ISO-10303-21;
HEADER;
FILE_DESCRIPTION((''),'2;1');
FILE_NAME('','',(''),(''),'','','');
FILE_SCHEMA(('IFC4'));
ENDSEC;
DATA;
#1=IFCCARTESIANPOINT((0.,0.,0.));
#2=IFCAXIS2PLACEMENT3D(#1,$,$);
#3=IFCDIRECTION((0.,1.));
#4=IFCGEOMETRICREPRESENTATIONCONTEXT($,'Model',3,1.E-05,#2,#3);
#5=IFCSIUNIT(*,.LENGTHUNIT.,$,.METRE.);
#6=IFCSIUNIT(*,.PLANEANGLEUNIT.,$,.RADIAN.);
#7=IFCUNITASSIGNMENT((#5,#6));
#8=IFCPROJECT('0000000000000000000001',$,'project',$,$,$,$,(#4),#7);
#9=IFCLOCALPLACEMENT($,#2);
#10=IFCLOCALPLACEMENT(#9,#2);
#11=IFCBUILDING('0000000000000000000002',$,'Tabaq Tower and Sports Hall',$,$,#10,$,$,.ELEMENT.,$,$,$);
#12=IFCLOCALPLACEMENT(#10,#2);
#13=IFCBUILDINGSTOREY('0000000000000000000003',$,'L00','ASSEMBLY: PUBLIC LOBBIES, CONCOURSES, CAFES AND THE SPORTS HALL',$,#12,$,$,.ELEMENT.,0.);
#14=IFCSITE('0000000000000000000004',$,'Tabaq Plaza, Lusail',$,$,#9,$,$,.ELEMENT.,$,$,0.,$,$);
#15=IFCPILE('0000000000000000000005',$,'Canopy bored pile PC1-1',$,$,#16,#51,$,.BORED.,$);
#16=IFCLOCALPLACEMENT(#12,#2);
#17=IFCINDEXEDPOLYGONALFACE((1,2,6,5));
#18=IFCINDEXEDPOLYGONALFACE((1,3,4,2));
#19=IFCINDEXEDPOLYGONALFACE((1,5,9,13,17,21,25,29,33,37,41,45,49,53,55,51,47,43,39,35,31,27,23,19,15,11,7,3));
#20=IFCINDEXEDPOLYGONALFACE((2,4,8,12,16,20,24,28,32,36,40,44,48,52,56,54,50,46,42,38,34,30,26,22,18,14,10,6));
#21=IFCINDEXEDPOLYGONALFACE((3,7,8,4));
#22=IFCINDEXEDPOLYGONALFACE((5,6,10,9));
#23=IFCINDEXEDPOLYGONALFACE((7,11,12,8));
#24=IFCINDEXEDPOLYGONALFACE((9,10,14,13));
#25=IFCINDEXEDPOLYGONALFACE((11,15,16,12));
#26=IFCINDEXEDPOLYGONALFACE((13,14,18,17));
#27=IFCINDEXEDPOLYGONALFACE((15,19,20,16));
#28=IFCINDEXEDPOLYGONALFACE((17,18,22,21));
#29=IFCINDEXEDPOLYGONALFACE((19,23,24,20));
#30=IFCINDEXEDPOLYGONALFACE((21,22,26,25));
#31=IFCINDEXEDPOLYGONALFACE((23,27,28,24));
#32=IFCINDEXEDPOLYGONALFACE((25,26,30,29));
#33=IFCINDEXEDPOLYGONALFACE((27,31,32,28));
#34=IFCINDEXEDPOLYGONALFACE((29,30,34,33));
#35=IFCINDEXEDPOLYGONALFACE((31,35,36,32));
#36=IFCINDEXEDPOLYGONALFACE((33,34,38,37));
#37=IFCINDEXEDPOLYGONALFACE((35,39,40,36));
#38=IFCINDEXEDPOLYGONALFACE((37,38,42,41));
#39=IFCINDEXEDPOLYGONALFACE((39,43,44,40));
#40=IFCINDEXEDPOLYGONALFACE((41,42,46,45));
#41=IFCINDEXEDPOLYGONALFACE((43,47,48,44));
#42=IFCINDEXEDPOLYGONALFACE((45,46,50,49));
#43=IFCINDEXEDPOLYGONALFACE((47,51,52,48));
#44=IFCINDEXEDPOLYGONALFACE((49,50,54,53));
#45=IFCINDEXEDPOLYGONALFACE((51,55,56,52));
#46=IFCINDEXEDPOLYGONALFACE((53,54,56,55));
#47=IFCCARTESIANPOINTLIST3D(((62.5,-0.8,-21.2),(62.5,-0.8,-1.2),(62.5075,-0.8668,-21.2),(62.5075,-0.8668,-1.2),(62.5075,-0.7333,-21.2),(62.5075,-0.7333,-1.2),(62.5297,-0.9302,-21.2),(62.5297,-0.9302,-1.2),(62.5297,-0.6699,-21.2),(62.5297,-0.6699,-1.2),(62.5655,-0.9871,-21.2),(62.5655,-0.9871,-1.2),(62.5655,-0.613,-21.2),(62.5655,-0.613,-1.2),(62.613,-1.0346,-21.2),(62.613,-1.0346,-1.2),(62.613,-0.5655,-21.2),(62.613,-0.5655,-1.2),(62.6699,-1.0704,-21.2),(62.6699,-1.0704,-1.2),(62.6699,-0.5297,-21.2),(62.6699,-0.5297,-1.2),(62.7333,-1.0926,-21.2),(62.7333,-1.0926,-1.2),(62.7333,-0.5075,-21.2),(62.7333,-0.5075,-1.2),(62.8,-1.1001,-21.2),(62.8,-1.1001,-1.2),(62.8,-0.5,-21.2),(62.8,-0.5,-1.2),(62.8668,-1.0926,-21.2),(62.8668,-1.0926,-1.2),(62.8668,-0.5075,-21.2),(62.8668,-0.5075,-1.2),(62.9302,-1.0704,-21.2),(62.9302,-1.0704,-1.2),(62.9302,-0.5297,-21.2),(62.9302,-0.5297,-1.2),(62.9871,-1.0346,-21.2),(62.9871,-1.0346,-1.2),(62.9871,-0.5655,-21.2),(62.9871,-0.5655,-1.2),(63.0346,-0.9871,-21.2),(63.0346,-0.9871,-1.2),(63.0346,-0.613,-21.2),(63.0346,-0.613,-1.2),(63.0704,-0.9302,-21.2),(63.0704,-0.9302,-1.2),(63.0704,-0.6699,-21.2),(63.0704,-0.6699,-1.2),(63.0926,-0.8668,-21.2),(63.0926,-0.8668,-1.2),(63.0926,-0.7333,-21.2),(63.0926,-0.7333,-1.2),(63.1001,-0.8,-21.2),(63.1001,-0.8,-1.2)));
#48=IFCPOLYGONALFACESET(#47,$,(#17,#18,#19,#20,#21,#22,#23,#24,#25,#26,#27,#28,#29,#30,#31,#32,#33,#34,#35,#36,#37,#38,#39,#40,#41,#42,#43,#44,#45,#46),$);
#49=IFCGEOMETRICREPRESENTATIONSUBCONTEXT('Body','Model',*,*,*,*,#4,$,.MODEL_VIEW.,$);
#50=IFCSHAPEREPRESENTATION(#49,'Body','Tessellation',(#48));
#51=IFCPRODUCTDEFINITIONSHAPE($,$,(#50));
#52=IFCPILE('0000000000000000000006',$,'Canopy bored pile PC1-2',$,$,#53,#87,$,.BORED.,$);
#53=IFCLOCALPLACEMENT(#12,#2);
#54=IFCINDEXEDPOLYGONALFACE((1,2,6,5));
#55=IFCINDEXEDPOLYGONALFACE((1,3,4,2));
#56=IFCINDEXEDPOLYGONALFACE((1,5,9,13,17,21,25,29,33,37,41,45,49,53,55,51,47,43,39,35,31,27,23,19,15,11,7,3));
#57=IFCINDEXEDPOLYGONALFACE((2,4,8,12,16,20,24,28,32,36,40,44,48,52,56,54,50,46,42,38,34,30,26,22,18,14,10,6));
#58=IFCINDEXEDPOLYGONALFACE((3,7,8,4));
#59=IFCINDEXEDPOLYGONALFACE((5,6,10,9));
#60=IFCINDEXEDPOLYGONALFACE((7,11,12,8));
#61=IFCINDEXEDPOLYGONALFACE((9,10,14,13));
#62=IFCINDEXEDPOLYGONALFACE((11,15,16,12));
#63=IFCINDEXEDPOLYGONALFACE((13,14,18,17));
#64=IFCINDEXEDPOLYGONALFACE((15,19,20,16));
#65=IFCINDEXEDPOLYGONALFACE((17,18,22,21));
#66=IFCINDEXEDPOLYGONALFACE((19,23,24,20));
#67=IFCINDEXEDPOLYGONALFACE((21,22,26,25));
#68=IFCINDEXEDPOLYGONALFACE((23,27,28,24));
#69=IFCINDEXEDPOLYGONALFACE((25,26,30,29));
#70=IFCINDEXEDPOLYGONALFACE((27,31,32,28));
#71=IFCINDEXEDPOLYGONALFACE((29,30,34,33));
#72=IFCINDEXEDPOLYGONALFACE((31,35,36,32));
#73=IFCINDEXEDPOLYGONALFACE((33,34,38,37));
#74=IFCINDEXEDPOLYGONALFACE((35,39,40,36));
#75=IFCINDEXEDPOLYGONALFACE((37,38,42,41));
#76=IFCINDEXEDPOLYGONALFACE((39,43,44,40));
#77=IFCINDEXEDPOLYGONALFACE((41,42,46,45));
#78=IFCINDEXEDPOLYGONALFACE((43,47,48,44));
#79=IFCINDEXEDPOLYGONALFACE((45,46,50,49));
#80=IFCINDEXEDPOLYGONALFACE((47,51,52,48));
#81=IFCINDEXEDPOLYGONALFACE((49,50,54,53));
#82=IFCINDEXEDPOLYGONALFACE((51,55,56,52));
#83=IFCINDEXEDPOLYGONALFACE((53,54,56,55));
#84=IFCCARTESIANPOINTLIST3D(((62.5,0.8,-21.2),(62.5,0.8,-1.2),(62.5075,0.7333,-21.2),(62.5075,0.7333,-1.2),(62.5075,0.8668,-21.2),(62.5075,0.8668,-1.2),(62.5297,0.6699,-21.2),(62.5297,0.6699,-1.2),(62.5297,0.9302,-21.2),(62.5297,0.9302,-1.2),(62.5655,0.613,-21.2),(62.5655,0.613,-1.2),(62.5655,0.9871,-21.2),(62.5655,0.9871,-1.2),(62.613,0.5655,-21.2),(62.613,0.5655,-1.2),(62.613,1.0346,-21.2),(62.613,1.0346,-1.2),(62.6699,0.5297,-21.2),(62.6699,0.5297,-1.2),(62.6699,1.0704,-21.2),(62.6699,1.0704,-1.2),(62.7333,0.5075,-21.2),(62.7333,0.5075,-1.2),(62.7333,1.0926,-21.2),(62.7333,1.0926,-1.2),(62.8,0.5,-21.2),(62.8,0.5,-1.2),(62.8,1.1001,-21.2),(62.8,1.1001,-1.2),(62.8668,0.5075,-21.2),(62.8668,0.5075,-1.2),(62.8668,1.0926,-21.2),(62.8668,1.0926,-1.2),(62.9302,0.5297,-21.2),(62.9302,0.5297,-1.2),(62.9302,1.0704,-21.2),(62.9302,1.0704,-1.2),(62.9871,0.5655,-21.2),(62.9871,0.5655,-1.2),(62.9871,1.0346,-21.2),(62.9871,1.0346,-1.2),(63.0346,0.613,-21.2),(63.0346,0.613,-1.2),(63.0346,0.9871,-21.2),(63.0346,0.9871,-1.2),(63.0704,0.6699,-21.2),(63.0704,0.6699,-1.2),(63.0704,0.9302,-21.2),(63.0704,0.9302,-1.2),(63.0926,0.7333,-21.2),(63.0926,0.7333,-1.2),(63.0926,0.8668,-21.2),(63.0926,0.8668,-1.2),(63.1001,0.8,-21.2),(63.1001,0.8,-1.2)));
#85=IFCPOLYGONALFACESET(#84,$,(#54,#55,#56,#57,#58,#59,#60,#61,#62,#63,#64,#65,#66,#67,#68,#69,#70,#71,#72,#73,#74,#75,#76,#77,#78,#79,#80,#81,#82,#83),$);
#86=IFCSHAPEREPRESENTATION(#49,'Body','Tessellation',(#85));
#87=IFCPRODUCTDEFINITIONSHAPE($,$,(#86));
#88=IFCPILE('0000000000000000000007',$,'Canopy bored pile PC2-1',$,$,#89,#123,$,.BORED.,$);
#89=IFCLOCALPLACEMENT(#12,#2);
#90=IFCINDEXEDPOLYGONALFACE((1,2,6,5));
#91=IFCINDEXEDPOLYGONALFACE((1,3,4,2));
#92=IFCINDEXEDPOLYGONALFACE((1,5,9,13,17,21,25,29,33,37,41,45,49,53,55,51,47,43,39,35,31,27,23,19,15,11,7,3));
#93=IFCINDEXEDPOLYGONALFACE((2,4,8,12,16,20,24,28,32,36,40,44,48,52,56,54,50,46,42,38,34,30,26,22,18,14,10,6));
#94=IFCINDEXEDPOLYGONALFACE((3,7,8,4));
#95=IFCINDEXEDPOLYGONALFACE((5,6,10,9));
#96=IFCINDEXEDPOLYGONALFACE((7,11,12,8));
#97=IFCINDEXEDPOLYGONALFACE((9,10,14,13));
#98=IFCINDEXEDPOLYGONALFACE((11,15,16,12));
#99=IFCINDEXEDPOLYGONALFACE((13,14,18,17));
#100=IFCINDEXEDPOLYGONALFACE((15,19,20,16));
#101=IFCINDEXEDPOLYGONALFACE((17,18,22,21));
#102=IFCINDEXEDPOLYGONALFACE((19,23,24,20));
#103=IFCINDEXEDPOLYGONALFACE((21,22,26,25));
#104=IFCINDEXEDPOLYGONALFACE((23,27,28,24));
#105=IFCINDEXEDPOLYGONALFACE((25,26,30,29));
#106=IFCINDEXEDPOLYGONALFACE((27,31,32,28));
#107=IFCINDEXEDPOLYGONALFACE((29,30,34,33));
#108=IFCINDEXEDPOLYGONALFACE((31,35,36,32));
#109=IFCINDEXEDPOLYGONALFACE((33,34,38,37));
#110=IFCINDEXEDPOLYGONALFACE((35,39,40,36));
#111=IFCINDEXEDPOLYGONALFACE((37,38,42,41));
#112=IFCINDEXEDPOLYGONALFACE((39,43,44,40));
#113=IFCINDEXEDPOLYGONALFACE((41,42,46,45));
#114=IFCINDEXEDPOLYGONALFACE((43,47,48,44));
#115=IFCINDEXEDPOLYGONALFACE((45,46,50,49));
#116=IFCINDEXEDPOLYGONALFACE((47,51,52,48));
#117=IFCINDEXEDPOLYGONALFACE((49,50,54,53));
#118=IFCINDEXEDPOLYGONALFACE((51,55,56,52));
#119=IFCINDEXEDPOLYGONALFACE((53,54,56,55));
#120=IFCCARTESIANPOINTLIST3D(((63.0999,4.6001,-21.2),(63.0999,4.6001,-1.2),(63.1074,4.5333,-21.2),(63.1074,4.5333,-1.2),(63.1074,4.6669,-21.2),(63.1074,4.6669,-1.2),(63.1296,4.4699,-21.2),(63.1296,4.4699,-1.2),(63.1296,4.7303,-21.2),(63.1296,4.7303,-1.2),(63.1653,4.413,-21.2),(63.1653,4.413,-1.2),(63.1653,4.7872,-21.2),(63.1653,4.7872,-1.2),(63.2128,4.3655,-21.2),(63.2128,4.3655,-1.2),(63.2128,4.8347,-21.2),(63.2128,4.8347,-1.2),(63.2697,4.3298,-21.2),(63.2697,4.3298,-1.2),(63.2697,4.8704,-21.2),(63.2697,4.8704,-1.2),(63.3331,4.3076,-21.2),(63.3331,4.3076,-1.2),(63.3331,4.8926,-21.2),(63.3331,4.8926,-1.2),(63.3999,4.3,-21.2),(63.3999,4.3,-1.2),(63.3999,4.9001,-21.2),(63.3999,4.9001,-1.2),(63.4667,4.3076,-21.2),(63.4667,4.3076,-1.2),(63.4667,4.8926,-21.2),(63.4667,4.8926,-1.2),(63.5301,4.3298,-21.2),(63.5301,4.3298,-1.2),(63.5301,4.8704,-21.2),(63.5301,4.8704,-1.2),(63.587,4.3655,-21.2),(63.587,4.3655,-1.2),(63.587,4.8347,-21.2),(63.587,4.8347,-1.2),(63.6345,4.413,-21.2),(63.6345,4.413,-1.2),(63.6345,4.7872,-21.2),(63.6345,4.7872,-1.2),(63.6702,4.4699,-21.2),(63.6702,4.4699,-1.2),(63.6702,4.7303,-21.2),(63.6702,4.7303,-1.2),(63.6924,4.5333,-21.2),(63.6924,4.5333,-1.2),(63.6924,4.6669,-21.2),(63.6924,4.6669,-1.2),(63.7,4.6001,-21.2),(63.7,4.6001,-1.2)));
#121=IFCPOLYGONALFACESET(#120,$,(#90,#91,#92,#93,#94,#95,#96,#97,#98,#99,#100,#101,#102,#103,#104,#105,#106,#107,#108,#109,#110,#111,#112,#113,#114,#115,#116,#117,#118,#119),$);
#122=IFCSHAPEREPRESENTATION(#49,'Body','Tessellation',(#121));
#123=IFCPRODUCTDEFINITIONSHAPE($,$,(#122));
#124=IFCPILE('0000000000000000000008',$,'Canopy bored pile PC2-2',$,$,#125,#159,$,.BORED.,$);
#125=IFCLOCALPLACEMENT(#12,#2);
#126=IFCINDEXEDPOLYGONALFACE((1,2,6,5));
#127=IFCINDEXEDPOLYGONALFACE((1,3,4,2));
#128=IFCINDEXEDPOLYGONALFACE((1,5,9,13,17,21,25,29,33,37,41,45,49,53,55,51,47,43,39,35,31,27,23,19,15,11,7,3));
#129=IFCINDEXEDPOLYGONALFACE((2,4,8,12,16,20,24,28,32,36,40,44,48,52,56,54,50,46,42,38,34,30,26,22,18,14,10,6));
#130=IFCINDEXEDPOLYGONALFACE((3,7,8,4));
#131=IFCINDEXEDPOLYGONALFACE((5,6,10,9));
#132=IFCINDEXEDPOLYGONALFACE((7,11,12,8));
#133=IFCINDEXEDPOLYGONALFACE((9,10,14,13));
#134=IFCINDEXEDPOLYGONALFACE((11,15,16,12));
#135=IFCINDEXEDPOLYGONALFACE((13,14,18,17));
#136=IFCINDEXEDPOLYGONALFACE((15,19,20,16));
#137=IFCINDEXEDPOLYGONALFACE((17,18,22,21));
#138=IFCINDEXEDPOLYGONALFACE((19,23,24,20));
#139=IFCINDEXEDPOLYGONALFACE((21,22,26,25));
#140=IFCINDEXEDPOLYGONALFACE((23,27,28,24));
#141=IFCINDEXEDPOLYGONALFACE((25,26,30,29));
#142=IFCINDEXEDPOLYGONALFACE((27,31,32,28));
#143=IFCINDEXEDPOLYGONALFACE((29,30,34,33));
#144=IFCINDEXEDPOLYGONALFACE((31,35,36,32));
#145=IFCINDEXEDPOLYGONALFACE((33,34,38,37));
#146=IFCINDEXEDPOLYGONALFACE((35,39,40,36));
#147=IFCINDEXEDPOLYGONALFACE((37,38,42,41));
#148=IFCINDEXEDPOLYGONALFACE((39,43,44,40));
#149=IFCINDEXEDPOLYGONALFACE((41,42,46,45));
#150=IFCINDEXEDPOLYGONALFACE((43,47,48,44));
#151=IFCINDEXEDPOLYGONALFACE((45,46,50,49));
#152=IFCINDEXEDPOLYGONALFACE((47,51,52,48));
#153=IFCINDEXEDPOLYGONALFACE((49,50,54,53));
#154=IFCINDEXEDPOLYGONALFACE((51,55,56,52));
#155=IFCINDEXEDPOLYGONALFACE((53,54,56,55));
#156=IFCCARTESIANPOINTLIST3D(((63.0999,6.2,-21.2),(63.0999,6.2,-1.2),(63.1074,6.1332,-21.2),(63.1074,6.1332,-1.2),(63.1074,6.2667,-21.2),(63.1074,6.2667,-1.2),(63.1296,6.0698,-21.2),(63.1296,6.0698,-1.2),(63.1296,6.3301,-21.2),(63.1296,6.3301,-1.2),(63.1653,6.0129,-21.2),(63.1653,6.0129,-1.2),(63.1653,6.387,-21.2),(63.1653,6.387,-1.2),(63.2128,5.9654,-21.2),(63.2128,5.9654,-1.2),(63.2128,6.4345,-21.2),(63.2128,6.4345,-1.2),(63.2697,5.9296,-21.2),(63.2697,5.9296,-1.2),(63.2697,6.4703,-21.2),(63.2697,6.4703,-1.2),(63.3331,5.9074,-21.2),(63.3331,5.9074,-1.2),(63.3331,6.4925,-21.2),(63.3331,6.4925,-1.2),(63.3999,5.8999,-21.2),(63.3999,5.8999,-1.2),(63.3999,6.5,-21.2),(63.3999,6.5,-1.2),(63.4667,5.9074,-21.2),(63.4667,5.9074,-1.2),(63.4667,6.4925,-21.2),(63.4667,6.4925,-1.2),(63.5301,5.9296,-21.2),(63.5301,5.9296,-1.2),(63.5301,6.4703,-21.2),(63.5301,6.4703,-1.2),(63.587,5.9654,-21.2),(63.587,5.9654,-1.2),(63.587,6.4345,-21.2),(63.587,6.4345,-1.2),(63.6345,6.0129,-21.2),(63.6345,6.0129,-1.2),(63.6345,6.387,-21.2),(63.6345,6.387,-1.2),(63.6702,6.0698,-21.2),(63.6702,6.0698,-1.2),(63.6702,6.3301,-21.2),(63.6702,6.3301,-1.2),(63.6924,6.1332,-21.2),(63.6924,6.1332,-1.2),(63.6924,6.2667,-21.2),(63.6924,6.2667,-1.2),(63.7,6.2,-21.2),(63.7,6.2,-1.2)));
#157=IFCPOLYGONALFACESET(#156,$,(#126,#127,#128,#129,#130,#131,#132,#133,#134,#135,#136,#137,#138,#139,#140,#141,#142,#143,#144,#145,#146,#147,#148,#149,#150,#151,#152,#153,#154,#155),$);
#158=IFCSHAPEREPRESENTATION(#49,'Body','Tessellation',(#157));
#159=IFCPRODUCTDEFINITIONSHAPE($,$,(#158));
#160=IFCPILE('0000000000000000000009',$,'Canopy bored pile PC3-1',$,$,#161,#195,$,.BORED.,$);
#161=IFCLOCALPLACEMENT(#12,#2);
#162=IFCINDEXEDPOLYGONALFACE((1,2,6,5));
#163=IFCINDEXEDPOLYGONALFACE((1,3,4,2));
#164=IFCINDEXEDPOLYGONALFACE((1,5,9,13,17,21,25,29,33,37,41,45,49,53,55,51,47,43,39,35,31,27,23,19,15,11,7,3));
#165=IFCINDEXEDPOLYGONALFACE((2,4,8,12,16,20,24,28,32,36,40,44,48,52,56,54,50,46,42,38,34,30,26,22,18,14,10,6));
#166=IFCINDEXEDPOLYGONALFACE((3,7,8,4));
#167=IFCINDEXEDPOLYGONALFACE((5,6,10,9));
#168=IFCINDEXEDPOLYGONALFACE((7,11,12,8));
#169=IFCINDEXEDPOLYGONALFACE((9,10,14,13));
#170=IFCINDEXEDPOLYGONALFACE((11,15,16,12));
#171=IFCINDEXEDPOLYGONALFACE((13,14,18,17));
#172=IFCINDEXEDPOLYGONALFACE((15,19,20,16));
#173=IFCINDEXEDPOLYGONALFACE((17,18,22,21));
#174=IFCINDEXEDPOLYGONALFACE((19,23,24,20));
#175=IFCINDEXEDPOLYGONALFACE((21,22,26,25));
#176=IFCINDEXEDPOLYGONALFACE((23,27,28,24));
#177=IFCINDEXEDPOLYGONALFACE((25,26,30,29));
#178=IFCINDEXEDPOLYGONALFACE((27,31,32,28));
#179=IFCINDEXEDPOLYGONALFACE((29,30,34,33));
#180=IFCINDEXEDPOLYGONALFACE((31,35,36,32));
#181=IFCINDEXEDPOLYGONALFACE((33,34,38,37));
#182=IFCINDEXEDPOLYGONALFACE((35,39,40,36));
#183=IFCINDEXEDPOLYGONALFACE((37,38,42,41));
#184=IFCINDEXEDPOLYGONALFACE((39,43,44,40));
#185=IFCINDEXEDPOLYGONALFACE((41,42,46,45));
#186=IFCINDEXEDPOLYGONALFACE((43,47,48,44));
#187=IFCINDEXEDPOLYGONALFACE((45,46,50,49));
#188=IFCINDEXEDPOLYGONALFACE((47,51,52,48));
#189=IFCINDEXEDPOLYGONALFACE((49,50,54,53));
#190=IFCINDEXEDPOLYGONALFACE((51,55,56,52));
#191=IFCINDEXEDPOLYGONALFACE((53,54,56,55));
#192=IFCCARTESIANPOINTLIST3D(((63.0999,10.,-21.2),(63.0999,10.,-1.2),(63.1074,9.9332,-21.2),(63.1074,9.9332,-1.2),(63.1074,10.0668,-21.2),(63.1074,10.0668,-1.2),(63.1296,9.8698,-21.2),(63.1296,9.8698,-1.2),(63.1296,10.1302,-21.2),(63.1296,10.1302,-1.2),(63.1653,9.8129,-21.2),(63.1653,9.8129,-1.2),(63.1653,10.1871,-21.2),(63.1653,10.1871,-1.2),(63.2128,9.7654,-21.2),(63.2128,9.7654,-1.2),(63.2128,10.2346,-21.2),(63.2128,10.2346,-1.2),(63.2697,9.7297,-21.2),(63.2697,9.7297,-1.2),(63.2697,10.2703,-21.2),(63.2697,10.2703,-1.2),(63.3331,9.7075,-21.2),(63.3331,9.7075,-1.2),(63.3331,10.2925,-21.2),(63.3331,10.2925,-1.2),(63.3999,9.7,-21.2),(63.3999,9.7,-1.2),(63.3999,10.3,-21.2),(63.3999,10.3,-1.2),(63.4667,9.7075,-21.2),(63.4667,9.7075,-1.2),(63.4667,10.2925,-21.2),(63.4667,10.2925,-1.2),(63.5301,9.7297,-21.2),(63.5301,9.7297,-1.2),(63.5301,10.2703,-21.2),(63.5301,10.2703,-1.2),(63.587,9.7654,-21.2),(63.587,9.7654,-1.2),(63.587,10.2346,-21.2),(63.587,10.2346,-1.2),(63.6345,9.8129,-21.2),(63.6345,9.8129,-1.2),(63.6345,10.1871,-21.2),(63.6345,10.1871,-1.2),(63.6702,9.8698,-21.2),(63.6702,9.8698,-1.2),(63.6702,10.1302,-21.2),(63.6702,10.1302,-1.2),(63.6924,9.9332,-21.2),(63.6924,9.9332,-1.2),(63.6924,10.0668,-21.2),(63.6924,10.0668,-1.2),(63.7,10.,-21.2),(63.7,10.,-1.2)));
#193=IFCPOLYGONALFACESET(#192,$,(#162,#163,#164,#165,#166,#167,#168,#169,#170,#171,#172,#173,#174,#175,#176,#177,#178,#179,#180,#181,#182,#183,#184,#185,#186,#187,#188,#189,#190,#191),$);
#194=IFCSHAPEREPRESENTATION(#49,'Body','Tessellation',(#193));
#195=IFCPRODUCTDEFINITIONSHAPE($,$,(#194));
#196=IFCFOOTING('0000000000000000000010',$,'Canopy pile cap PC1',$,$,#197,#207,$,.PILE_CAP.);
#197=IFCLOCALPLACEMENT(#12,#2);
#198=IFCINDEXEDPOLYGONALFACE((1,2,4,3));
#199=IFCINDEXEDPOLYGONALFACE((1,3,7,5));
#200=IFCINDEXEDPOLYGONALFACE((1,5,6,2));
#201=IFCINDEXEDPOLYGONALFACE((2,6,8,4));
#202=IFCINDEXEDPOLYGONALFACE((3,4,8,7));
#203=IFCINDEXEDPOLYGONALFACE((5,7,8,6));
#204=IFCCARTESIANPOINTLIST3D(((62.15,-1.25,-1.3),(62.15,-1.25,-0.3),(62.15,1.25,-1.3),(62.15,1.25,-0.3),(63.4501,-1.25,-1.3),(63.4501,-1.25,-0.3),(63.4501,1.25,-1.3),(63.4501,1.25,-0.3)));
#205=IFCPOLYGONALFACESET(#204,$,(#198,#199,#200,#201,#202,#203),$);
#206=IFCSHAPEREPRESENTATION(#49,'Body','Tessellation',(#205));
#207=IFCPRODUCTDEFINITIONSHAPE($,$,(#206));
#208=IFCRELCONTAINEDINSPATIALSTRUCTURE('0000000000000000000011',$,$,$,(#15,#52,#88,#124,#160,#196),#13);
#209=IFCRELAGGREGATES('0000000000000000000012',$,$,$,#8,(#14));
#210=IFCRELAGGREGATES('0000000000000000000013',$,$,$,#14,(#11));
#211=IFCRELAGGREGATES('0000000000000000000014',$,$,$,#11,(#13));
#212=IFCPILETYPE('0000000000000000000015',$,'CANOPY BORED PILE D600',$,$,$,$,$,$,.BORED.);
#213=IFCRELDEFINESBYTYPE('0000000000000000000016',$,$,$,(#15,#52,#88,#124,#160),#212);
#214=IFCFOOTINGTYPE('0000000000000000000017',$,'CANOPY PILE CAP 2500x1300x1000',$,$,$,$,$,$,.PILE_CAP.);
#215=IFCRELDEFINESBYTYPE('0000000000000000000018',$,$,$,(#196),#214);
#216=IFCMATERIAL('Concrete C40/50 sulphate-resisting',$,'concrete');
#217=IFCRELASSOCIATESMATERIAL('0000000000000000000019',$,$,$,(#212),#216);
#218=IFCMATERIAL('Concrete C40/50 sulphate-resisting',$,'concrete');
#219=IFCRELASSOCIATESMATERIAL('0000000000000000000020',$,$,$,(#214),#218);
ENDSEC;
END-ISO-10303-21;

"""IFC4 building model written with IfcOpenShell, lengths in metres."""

from ifc_helpers import new_model, si_unit, direction, frame, origin, origin_2d, place, context, subcontext, project, spatial, rectangle, circle, extrude, material, material_profile, profile_set, type_object, element, save


model = new_model("IFC4")

# Units and contexts
model_context = context("Model", 3, precision=1e-05, world=origin(), true_north=direction((0.0, 1.0)))
body_context = subcontext(model_context, "Body", "Model", "MODEL_VIEW")
ifc_project = project(units=[si_unit("LENGTHUNIT", "METRE"), si_unit("PLANEANGLEUNIT", "RADIAN")], contexts=[model_context])

# Site, building, storey
site_placement = place(None, origin())
site = spatial("IfcSite", under=ifc_project, at=site_placement, Name="Tabaq Plaza, Lusail", CompositionType="ELEMENT", RefElevation=0.0)
building_placement = place(site_placement, origin())
building = spatial("IfcBuilding", under=site, at=building_placement, Name="Tabaq Tower and Sports Hall", CompositionType="ELEMENT")
storey_placement = place(building_placement, origin())
storey = spatial("IfcBuildingStorey", under=building, at=storey_placement, Name="L00", Description="ASSEMBLY: PUBLIC LOBBIES, CONCOURSES, CAFES AND THE SPORTS HALL", CompositionType="ELEMENT", Elevation=0.0)

# Piles
ifc_material_1 = material(Name="Concrete C40/50 sulphate-resisting", Category="concrete")
ifc_material_profile_1 = material_profile(ifc_material_1, circle(Radius=0.3, at=origin_2d()), Name="D600")
ifc_profile_set_1 = profile_set([ifc_material_profile_1], Name="Concrete C40/50 sulphate-resisting")
pile_type = type_object("IfcPileType", Name="CANOPY BORED PILE D600", PredefinedType="BORED", material=ifc_profile_set_1)
for number, where, z_axis, x_axis, name in (
    (1, (62.8, -0.8, -1.2), (0.0, 0.0, -1.0), (1.0, 0.0, 0.0), "Canopy bored pile PC1-1"),
    (2, (62.8, 0.8, -1.2), (0.0, 0.0, -1.0), (1.0, 0.0, 0.0), "Canopy bored pile PC1-2"),
    (3, (63.3999, 4.6001, -1.2), (0.0, 0.0, -1.0), (1.0, 0.0, 0.0), "Canopy bored pile PC2-1"),
    (4, (63.3999, 6.2, -1.2), (0.0, 0.0, -1.0), (1.0, 0.0, 0.0), "Canopy bored pile PC2-2"),
    (5, (63.3999, 10.0, -1.2), (0.0, 0.0, -1.0), (1.0, 0.0, 0.0), "Canopy bored pile PC3-1"),
):
    element("IfcPile", number, at=place(storey_placement, frame(where, z_axis=z_axis, x_axis=x_axis)), inside=storey, type_object=pile_type, Name=name, PredefinedType="BORED", context=body_context, shape_type="SweptSolid", body=[
        extrude(circle(Radius=0.3, at=origin_2d()), origin(), (0.0, 0.0, 1.0), 20.0),
    ])

# Footing
ifc_material_2 = material(Name="Concrete C40/50 sulphate-resisting", Category="concrete")
footing_type = type_object("IfcFootingType", Name="CANOPY PILE CAP 2500x1300x1000", PredefinedType="PILE_CAP", material=ifc_material_2)
for number, where, z_axis, x_axis, name in (
    (6, (62.8, 0.0, -1.3), (0.0, 0.0, 1.0), (0.0, 1.0, 0.0), "Canopy pile cap PC1"),
):
    element("IfcFooting", number, at=place(storey_placement, frame(where, z_axis=z_axis, x_axis=x_axis)), inside=storey, type_object=footing_type, Name=name, PredefinedType="PILE_CAP", context=body_context, shape_type="SweptSolid", body=[
        extrude(rectangle(XDim=2.5, YDim=1.3, at=origin_2d()), origin(), (0.0, 0.0, 1.0), 1.0),
    ])

save(model, "model.ifc")
